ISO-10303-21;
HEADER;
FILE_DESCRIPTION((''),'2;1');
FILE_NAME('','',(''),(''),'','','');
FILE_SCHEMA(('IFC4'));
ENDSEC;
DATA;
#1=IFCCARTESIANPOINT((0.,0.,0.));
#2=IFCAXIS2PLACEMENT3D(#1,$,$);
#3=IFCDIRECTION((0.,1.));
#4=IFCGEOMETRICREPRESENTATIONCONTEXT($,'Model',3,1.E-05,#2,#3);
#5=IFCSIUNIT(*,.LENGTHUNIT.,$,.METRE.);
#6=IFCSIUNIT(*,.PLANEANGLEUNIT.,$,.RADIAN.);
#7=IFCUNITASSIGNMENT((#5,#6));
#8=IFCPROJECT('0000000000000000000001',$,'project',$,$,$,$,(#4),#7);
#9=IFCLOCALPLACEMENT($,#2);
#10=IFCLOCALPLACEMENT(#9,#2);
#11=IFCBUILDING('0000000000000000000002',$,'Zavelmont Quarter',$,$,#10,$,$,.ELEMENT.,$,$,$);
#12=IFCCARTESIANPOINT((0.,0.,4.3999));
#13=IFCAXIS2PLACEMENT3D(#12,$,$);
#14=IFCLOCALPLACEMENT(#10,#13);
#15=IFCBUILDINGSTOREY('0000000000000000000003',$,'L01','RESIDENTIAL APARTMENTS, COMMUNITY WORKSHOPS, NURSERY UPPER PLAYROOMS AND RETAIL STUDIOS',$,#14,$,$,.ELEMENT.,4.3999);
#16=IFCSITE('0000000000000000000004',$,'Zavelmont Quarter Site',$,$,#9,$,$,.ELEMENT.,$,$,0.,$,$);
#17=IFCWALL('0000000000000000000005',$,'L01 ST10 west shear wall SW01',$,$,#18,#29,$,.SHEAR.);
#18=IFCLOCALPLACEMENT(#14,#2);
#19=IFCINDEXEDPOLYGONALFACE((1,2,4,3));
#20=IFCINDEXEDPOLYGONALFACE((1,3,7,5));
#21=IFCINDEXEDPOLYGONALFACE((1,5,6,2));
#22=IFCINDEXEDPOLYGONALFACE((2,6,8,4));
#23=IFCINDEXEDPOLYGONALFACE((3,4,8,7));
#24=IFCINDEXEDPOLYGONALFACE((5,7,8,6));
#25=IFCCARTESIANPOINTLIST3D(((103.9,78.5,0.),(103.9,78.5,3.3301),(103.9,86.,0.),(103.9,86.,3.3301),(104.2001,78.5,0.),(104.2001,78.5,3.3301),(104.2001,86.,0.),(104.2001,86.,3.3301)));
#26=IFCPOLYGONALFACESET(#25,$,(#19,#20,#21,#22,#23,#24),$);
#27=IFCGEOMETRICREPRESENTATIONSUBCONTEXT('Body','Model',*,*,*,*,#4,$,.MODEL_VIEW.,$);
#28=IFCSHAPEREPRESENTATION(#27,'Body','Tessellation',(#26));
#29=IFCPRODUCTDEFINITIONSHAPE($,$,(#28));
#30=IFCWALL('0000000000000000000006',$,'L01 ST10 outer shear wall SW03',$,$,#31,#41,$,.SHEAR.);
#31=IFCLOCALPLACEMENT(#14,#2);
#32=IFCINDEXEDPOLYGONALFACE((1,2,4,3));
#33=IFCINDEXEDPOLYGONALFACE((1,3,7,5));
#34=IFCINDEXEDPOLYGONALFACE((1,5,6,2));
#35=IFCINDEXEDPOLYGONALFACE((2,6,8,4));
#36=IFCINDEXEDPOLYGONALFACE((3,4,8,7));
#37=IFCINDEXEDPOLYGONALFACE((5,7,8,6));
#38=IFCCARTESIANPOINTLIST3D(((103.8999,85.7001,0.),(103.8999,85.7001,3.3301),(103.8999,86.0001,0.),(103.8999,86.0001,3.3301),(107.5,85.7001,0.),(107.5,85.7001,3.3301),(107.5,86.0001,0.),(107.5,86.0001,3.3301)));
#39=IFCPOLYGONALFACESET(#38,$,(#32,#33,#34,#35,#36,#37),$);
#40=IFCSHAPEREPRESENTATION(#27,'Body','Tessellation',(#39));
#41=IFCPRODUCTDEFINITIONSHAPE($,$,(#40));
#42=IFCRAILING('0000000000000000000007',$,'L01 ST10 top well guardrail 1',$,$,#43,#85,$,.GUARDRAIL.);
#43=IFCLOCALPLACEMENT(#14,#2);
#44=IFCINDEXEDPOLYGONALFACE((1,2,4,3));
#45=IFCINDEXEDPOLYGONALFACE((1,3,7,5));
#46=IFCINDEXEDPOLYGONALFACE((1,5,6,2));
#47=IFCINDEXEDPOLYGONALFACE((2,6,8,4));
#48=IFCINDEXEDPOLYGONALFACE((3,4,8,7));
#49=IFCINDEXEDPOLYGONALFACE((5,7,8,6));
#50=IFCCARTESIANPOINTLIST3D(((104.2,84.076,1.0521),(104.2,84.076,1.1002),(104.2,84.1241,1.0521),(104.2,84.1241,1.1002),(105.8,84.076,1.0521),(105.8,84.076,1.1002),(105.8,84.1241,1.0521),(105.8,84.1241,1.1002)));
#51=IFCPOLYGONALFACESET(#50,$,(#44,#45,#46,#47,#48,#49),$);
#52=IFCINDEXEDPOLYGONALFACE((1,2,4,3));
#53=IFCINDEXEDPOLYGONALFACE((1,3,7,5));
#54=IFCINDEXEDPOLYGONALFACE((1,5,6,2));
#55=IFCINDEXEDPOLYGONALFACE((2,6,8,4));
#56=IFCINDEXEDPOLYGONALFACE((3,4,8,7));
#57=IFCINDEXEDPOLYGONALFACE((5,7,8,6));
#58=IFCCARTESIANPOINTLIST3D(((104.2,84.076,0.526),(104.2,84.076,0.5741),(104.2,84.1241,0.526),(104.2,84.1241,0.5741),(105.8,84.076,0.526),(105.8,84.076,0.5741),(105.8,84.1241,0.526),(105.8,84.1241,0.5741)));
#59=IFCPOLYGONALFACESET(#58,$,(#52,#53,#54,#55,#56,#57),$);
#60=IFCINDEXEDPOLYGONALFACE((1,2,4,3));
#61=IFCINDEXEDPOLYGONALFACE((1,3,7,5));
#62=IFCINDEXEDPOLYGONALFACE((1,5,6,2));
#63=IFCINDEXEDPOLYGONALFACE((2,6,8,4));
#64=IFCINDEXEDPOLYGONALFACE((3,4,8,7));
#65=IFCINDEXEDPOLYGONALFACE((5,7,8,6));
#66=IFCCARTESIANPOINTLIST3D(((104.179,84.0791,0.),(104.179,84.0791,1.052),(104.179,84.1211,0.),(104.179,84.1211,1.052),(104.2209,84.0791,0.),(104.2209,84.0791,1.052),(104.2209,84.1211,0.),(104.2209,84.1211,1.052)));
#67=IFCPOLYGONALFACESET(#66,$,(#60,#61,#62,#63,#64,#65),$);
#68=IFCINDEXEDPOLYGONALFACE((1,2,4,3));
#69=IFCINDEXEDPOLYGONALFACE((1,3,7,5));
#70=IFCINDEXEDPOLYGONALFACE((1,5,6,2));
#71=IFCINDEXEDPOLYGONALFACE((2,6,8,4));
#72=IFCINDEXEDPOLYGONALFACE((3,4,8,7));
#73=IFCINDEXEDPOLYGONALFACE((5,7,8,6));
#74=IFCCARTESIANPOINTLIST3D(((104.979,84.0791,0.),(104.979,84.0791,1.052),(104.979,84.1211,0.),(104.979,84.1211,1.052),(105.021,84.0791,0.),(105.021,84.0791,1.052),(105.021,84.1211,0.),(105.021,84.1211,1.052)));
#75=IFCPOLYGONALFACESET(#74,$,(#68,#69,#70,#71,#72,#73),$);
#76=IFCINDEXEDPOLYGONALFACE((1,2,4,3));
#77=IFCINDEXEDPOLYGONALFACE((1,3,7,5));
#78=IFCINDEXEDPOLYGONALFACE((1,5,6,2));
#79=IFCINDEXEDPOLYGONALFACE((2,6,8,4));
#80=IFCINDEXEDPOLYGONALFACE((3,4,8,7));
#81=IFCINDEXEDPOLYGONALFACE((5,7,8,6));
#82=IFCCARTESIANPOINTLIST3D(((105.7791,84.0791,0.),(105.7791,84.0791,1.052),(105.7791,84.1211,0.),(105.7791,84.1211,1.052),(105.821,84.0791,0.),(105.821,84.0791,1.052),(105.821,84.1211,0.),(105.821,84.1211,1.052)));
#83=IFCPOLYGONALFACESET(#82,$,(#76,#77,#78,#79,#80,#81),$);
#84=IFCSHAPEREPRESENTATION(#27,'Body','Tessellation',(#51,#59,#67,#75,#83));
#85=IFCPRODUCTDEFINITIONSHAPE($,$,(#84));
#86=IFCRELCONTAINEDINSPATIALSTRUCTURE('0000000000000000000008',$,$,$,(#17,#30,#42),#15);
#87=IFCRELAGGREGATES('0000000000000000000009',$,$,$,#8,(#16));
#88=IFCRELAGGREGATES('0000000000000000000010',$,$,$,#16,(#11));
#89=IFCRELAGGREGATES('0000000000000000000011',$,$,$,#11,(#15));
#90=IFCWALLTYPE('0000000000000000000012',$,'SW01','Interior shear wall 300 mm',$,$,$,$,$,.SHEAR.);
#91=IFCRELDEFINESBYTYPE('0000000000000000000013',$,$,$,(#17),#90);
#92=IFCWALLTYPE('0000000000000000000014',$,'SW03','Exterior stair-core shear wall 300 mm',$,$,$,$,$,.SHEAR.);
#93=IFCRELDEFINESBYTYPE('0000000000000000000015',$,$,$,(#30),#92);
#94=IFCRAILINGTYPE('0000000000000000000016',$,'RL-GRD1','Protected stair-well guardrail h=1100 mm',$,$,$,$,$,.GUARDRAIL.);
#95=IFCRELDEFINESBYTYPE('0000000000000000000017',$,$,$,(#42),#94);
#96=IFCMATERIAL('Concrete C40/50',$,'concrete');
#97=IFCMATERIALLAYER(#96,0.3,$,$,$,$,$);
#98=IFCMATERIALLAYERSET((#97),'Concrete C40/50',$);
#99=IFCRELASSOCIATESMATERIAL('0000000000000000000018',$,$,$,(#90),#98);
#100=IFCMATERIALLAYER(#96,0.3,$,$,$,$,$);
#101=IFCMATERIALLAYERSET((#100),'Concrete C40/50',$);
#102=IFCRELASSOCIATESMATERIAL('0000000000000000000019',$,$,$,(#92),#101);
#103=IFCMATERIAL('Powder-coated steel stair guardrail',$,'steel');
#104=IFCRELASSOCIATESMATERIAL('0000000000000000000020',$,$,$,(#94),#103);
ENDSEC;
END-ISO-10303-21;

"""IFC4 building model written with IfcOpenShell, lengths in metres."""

from ifc_helpers import new_model, si_unit, direction, frame, frame_2d, origin, origin_2d, place, context, subcontext, project, spatial, rectangle, extrude, material, layer, layer_set, type_object, element, save


model = new_model("IFC4")

# Units and contexts
model_context = context("Model", 3, precision=1e-05, world=origin(), true_north=direction((0.0, 1.0)))
body_context = subcontext(model_context, "Body", "Model", "MODEL_VIEW")
ifc_project = project(units=[si_unit("LENGTHUNIT", "METRE"), si_unit("PLANEANGLEUNIT", "RADIAN")], contexts=[model_context])

# Site, building, storey
site_placement = place(None, origin())
site = spatial("IfcSite", under=ifc_project, at=site_placement, Name="Zavelmont Quarter Site", CompositionType="ELEMENT", RefElevation=0.0)
building_placement = place(site_placement, origin())
building = spatial("IfcBuilding", under=site, at=building_placement, Name="Zavelmont Quarter", CompositionType="ELEMENT")
storey_placement = place(building_placement, frame((0.0, 0.0, 4.3999)))
storey = spatial("IfcBuildingStorey", under=building, at=storey_placement, Name="L01", Description="RESIDENTIAL APARTMENTS, COMMUNITY WORKSHOPS, NURSERY UPPER PLAYROOMS AND RETAIL STUDIOS", CompositionType="ELEMENT", Elevation=4.3999)

# Shared definitions
ifc_material_1 = material(Name="Concrete C40/50", Category="concrete")

# Wall
ifc_layer_1 = layer(ifc_material_1, 0.3)
ifc_layer_set_1 = layer_set([ifc_layer_1], Name="Concrete C40/50")
wall_type_1 = type_object("IfcWallType", Name="SW01", Description="Interior shear wall 300 mm", PredefinedType="SHEAR", material=ifc_layer_set_1)
wall_1_placement = place(storey_placement, frame((104.05, 78.5, 0.0), z_axis=(0.0, 0.0, 1.0), x_axis=(0.0, 1.0, 0.0)))
element("IfcWall", 1, at=wall_1_placement, inside=storey, type_object=wall_type_1, Name="L01 ST10 west shear wall SW01", PredefinedType="SHEAR", context=body_context, shape_type="SweptSolid", body=[
    extrude(rectangle(XDim=7.5, YDim=0.3, at=frame_2d((3.75, 0.0))), origin(), (0.0, 0.0, 1.0), 3.3301),
])

# Wall
ifc_layer_2 = layer(ifc_material_1, 0.3)
ifc_layer_set_2 = layer_set([ifc_layer_2], Name="Concrete C40/50")
wall_type_2 = type_object("IfcWallType", Name="SW03", Description="Exterior stair-core shear wall 300 mm", PredefinedType="SHEAR", material=ifc_layer_set_2)
wall_2_placement = place(storey_placement, frame((103.8999, 85.8501, 0.0), z_axis=(0.0, 0.0, 1.0), x_axis=(1.0, 0.0, 0.0)))
element("IfcWall", 2, at=wall_2_placement, inside=storey, type_object=wall_type_2, Name="L01 ST10 outer shear wall SW03", PredefinedType="SHEAR", context=body_context, shape_type="SweptSolid", body=[
    extrude(rectangle(XDim=3.6001, YDim=0.3, at=frame_2d((1.8, 0.0))), origin(), (0.0, 0.0, 1.0), 3.3301),
])

# Railing
ifc_material_2 = material(Name="Powder-coated steel stair guardrail", Category="steel")
railing_type = type_object("IfcRailingType", Name="RL-GRD1", Description="Protected stair-well guardrail h=1100 mm", PredefinedType="GUARDRAIL", material=ifc_material_2)
railing_placement = place(storey_placement, frame((104.2, 84.1001, 0.0)))
element("IfcRailing", 3, at=railing_placement, inside=storey, type_object=railing_type, Name="L01 ST10 top well guardrail 1", PredefinedType="GUARDRAIL", context=body_context, shape_type="SweptSolid", body=[
    extrude(rectangle(XDim=0.0481, YDim=0.0481, at=origin_2d()), frame((0.0, 0.0, 1.0762), z_axis=(1.0, 0.0, 0.0), x_axis=(0.0, 1.0, 0.0)), (0.0, 0.0, 1.0), 1.6001),
    extrude(rectangle(XDim=0.0481, YDim=0.0481, at=origin_2d()), frame((0.0, 0.0, 0.55), z_axis=(1.0, 0.0, 0.0), x_axis=(0.0, 1.0, 0.0)), (0.0, 0.0, 1.0), 1.6001),
    extrude(rectangle(XDim=0.042, YDim=0.042, at=origin_2d()), origin(), (0.0, 0.0, 1.0), 1.052),
    extrude(rectangle(XDim=0.042, YDim=0.042, at=origin_2d()), frame((0.8, 0.0, 0.0)), (0.0, 0.0, 1.0), 1.052),
    extrude(rectangle(XDim=0.042, YDim=0.042, at=origin_2d()), frame((1.6001, 0.0, 0.0)), (0.0, 0.0, 1.0), 1.052),
])

save(model, "model.ifc")
